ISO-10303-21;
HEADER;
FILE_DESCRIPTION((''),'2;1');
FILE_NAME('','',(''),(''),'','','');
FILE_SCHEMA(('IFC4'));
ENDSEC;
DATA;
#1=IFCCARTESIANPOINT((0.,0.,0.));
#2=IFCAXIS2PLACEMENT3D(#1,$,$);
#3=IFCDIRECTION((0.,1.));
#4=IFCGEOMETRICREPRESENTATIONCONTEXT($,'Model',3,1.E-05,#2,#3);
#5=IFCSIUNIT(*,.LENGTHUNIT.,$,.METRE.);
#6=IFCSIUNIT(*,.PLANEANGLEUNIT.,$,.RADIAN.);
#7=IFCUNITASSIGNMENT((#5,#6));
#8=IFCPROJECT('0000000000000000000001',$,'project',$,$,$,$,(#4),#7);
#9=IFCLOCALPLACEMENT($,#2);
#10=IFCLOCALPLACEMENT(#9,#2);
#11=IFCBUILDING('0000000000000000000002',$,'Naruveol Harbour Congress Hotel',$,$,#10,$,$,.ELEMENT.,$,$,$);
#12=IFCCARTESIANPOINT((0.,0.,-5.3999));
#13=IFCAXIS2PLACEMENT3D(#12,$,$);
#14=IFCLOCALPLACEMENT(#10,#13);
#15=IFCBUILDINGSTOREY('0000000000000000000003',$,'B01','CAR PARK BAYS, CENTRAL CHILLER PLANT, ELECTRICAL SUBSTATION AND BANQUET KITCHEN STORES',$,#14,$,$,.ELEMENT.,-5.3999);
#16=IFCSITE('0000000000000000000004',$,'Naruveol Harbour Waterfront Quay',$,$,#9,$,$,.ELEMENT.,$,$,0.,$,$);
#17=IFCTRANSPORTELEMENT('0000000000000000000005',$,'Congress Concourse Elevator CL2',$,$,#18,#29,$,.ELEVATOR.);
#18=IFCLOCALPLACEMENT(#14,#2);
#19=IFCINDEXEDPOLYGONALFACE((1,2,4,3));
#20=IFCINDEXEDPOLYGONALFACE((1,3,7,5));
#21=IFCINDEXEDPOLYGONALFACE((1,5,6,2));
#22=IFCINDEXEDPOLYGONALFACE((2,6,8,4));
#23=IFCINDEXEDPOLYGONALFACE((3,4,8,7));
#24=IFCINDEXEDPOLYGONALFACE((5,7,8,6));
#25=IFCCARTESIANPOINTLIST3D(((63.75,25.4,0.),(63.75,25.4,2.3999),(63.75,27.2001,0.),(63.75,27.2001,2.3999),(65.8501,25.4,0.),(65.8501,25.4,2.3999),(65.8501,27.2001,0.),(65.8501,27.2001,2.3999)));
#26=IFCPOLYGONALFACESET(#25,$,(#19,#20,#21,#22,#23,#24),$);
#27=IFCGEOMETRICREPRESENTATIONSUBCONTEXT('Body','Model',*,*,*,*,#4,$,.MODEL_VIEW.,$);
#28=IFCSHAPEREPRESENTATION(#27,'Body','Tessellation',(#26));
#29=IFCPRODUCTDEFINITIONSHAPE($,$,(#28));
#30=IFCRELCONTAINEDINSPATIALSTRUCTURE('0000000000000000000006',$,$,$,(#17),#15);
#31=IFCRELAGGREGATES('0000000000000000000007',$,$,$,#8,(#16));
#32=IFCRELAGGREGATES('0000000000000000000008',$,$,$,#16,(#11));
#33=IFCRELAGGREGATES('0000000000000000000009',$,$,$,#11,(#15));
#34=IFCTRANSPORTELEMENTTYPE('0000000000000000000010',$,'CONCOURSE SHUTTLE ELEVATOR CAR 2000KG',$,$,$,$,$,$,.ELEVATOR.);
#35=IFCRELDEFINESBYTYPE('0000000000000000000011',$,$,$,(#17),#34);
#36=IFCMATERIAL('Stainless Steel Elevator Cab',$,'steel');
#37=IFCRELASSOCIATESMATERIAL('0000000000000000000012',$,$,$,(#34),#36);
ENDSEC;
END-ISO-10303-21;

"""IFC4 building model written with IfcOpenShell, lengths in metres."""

from ifc_helpers import new_model, si_unit, direction, frame, origin, origin_2d, place, context, subcontext, project, spatial, rectangle, extrude, material, type_object, element, save


model = new_model("IFC4")

# Units and contexts
model_context = context("Model", 3, precision=1e-05, world=origin(), true_north=direction((0.0, 1.0)))
body_context = subcontext(model_context, "Body", "Model", "MODEL_VIEW")
ifc_project = project(units=[si_unit("LENGTHUNIT", "METRE"), si_unit("PLANEANGLEUNIT", "RADIAN")], contexts=[model_context])

# Site, building, storey
site_placement = place(None, origin())
site = spatial("IfcSite", under=ifc_project, at=site_placement, Name="Naruveol Harbour Waterfront Quay", CompositionType="ELEMENT", RefElevation=0.0)
building_placement = place(site_placement, origin())
building = spatial("IfcBuilding", under=site, at=building_placement, Name="Naruveol Harbour Congress Hotel", CompositionType="ELEMENT")
storey_placement = place(building_placement, frame((0.0, 0.0, -5.3999)))
storey = spatial("IfcBuildingStorey", under=building, at=storey_placement, Name="B01", Description="CAR PARK BAYS, CENTRAL CHILLER PLANT, ELECTRICAL SUBSTATION AND BANQUET KITCHEN STORES", CompositionType="ELEMENT", Elevation=-5.3999)

# Transport element
ifc_material_1 = material(Name="Stainless Steel Elevator Cab", Category="steel")
transport_element_type = type_object("IfcTransportElementType", Name="CONCOURSE SHUTTLE ELEVATOR CAR 2000KG", PredefinedType="ELEVATOR", material=ifc_material_1)
for number, where, z_axis, x_axis, name in (
    (1, (64.8, 26.3, 0.0), (0.0, 0.0, 1.0), (1.0, 0.0, 0.0), "Congress Concourse Elevator CL2"),
):
    element("IfcTransportElement", number, at=place(storey_placement, frame(where, z_axis=z_axis, x_axis=x_axis)), inside=storey, type_object=transport_element_type, Name=name, PredefinedType="ELEVATOR", context=body_context, shape_type="SweptSolid", body=[
        extrude(rectangle(XDim=2.1001, YDim=1.8, at=origin_2d()), origin(), (0.0, 0.0, 1.0), 2.3999),
    ])

save(model, "model.ifc")
